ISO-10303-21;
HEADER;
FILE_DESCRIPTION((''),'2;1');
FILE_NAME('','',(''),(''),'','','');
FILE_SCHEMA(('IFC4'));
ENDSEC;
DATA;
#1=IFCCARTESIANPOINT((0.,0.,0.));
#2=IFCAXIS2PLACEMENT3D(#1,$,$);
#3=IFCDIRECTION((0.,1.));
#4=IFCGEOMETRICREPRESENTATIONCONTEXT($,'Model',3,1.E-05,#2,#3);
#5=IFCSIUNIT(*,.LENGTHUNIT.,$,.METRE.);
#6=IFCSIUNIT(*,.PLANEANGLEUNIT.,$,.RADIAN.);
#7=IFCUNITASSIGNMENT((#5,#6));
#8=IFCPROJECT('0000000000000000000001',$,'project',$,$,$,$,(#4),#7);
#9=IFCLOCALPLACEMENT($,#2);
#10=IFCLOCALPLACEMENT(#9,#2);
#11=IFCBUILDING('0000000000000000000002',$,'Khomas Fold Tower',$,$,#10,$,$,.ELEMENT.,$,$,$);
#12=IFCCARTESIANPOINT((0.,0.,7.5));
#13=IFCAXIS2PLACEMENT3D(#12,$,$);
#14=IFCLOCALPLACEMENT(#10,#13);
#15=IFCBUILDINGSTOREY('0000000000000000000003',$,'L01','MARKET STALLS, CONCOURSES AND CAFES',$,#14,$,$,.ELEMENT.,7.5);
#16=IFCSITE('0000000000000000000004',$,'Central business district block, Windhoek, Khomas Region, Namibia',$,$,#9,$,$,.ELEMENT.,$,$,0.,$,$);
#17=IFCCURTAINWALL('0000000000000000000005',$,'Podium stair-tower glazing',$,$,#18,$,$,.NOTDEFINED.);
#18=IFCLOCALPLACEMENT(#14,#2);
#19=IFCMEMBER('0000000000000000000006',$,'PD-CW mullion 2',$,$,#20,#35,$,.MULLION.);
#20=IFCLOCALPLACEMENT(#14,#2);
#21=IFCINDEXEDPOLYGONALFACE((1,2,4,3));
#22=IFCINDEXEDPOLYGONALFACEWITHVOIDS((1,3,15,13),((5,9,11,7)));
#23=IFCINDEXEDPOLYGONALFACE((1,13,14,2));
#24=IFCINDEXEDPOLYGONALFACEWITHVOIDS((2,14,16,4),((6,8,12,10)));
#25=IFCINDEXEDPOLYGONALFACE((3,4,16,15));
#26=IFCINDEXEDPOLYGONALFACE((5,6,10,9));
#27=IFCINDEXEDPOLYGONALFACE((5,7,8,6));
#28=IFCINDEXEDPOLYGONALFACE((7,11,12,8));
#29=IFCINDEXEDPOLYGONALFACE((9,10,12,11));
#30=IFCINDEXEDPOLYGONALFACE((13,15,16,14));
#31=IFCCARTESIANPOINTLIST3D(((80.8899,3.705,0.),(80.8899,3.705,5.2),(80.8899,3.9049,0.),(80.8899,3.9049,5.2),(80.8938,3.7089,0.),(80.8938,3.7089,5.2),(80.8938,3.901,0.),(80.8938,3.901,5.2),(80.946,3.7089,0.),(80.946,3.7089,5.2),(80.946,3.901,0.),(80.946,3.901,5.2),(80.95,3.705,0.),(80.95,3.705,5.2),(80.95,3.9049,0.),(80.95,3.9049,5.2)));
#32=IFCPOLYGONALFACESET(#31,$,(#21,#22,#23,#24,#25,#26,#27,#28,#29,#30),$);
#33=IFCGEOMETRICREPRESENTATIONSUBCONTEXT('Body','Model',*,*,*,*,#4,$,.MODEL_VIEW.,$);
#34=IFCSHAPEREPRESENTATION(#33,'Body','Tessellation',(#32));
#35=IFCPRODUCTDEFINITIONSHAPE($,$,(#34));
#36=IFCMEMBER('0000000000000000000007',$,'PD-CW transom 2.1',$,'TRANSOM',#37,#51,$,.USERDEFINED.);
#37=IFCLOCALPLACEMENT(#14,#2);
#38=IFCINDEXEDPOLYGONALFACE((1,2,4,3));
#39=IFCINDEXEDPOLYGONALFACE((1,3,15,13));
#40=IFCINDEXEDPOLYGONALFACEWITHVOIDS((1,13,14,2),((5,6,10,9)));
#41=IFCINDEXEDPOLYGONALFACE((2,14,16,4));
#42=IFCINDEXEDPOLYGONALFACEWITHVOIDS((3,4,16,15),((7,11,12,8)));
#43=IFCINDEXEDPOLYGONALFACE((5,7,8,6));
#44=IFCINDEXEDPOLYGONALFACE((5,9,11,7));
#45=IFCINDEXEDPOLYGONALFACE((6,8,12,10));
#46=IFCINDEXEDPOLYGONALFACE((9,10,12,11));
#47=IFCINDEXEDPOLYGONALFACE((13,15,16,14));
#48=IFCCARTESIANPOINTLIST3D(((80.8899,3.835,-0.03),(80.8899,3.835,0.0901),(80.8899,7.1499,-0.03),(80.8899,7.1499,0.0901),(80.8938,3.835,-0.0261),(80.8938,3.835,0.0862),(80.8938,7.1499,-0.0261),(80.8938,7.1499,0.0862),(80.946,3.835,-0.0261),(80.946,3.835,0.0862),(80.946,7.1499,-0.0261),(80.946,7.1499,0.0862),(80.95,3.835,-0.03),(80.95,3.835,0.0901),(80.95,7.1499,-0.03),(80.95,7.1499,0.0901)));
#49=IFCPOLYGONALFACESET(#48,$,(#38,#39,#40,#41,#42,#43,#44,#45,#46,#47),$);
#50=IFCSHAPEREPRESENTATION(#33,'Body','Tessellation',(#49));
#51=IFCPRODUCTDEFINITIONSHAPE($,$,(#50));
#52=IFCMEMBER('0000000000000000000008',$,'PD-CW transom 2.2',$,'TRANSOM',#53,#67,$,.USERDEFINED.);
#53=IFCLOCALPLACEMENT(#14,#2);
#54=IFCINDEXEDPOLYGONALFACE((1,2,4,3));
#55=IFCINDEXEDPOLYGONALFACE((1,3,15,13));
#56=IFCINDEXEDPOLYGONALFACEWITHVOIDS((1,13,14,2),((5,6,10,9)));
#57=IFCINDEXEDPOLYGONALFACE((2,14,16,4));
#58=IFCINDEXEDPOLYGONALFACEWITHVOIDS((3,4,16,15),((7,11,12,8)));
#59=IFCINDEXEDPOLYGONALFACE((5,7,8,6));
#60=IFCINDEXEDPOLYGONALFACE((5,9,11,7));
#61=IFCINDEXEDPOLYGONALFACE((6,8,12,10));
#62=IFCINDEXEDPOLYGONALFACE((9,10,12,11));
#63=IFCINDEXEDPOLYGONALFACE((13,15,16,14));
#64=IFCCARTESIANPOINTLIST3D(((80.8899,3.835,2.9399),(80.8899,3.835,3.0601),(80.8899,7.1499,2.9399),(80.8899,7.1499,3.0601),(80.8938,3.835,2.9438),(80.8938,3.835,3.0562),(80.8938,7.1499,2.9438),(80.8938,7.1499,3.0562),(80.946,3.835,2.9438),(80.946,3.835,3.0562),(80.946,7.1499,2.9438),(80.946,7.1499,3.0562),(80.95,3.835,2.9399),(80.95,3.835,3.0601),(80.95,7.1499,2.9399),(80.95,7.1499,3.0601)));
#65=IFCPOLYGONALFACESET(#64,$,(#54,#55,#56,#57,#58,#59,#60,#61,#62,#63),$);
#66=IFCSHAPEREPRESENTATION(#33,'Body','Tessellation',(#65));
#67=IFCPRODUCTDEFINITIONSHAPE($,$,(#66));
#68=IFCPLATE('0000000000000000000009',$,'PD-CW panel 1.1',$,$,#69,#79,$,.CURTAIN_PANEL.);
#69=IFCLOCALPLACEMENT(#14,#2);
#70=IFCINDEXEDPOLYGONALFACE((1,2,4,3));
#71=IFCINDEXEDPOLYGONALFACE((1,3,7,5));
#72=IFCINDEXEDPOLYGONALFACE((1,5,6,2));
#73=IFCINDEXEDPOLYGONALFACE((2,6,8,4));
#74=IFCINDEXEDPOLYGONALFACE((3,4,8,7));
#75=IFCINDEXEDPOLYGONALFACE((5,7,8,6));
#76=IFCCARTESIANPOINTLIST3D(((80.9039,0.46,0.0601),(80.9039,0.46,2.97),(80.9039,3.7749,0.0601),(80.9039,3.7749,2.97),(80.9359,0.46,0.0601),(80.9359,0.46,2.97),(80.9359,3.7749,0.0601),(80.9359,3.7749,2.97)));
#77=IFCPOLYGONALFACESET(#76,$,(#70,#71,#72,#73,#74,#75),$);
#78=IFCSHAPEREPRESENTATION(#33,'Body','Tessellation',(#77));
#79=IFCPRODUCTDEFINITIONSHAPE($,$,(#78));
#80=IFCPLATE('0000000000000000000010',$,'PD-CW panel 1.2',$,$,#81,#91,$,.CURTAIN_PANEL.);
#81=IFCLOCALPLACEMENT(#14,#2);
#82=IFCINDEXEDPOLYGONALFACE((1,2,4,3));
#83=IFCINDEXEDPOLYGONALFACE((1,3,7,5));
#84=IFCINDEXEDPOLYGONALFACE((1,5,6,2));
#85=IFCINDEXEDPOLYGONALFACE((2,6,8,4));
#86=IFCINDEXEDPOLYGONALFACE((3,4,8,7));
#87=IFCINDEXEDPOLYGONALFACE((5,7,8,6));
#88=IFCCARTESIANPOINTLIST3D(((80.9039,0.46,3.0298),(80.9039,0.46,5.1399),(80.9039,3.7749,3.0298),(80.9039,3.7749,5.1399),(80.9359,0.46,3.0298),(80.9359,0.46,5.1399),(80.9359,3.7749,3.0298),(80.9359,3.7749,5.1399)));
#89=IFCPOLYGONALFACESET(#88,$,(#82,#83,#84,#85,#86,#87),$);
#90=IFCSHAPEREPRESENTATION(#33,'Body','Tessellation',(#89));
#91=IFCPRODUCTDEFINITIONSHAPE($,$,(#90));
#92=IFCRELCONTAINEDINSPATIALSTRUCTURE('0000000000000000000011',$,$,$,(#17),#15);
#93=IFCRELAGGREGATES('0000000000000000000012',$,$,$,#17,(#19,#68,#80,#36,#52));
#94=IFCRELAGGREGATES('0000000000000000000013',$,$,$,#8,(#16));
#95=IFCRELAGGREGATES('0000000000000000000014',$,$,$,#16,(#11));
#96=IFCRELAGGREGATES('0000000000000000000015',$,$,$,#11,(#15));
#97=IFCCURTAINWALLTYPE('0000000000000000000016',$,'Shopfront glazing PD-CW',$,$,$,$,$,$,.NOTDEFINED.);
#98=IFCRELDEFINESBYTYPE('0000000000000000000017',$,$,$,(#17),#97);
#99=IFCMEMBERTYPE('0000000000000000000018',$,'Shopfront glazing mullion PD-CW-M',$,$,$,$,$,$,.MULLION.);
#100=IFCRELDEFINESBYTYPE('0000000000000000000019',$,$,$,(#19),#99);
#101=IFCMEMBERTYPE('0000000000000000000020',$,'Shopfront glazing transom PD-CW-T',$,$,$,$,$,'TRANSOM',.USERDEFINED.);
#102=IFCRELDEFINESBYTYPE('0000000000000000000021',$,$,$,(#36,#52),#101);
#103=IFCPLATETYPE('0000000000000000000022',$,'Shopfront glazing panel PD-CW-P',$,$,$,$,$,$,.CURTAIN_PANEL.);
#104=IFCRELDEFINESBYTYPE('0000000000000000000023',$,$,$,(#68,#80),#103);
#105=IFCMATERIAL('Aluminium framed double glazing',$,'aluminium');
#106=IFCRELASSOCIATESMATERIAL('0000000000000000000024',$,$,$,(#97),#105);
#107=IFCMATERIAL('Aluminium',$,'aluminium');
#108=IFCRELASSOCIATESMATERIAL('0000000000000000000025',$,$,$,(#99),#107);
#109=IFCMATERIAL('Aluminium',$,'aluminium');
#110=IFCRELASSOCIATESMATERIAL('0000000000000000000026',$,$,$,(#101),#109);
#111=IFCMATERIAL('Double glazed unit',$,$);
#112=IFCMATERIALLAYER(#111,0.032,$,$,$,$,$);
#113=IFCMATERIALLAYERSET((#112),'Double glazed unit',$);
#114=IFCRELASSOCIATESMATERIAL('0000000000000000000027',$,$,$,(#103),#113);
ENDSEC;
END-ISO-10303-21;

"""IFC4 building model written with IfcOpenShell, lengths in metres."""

from ifc_helpers import new_model, si_unit, direction, frame, origin, origin_2d, place, context, subcontext, project, spatial, rectangle, hollow_rectangle, extrude, source, transform, mapped, material, layer, layer_set, material_profile, profile_set, type_object, element, aggregate, save


model = new_model("IFC4")

# Units and contexts
model_context = context("Model", 3, precision=1e-05, world=origin(), true_north=direction((0.0, 1.0)))
body_context = subcontext(model_context, "Body", "Model", "MODEL_VIEW")
ifc_project = project(units=[si_unit("LENGTHUNIT", "METRE"), si_unit("PLANEANGLEUNIT", "RADIAN")], contexts=[model_context])

# Site, building, storey
site_placement = place(None, origin())
site = spatial("IfcSite", under=ifc_project, at=site_placement, Name="Central business district block, Windhoek, Khomas Region, Namibia", CompositionType="ELEMENT", RefElevation=0.0)
building_placement = place(site_placement, origin())
building = spatial("IfcBuilding", under=site, at=building_placement, Name="Khomas Fold Tower", CompositionType="ELEMENT")
storey_placement = place(building_placement, frame((0.0, 0.0, 7.5)))
storey = spatial("IfcBuildingStorey", under=building, at=storey_placement, Name="L01", Description="MARKET STALLS, CONCOURSES AND CAFES", CompositionType="ELEMENT", Elevation=7.5)

# Curtain wall, members, plates
ifc_material_1 = material(Name="Aluminium framed double glazing", Category="aluminium")
curtain_wall_type = type_object("IfcCurtainWallType", Name="Shopfront glazing PD-CW", PredefinedType="NOTDEFINED", material=ifc_material_1)
curtain_wall_placement = place(storey_placement, origin())
curtain_wall = element("IfcCurtainWall", 1, at=curtain_wall_placement, inside=storey, type_object=curtain_wall_type, Name="Podium stair-tower glazing", PredefinedType="NOTDEFINED")
ifc_material_2 = material(Name="Aluminium", Category="aluminium")
ifc_material_profile_1 = material_profile(ifc_material_2, hollow_rectangle(XDim=0.0601, YDim=0.2, WallThickness=0.0039, at=origin_2d()), Name="Shopfront glazing mullion PD-CW-M")
ifc_profile_set_1 = profile_set([ifc_material_profile_1], Name="Aluminium")
member_type_1 = type_object("IfcMemberType", Name="Shopfront glazing mullion PD-CW-M", PredefinedType="MULLION", material=ifc_profile_set_1)
shared_shape_1 = source(origin(), body_context, "Body", "SweptSolid", [
    extrude(hollow_rectangle(XDim=0.0601, YDim=0.2, WallThickness=0.0039, at=origin_2d()), origin(), (0.0, 0.0, 1.0), 5.2),
])
member_1_placement = place(storey_placement, frame((80.9199, 3.8049, 0.0), z_axis=(0.0, 0.0, 1.0), x_axis=(-1.0, 0.0, 0.0)))
member_1 = element("IfcMember", 2, at=member_1_placement, type_object=member_type_1, Name="PD-CW mullion 2", PredefinedType="MULLION", context=body_context, shape_type="MappedRepresentation", body=[
    mapped(shared_shape_1, transform((0.0, 0.0, 0.0))),
])
ifc_material_3 = material(Name="Aluminium", Category="aluminium")
ifc_material_profile_2 = material_profile(ifc_material_3, hollow_rectangle(XDim=0.0601, YDim=0.1201, WallThickness=0.0039, at=origin_2d()), Name="Shopfront glazing transom PD-CW-T")
ifc_profile_set_2 = profile_set([ifc_material_profile_2], Name="Aluminium")
member_type_2 = type_object("IfcMemberType", Name="Shopfront glazing transom PD-CW-T", ElementType="TRANSOM", PredefinedType="USERDEFINED", material=ifc_profile_set_2)
shared_shape_2 = source(origin(), body_context, "Body", "SweptSolid", [
    extrude(hollow_rectangle(XDim=0.0601, YDim=0.1201, WallThickness=0.0039, at=origin_2d()), origin(), (0.0, 0.0, 1.0), 3.3149),
])
member_2_placement = place(storey_placement, frame((80.9199, 3.835, 0.03), z_axis=(0.0, 1.0, 0.0), x_axis=(-1.0, 0.0, 0.0)))
member_2 = element("IfcMember", 3, at=member_2_placement, type_object=member_type_2, Name="PD-CW transom 2.1", ObjectType="TRANSOM", PredefinedType="USERDEFINED", context=body_context, shape_type="MappedRepresentation", body=[
    mapped(shared_shape_2, transform((0.0, 0.0, 0.0))),
])
member_3_placement = place(storey_placement, frame((80.9199, 3.835, 3.0), z_axis=(0.0, 1.0, 0.0), x_axis=(-1.0, 0.0, 0.0)))
member_3 = element("IfcMember", 4, at=member_3_placement, type_object=member_type_2, Name="PD-CW transom 2.2", ObjectType="TRANSOM", PredefinedType="USERDEFINED", context=body_context, shape_type="MappedRepresentation", body=[
    mapped(shared_shape_2, transform((0.0, 0.0, 0.0))),
])
ifc_material_4 = material(Name="Double glazed unit")
ifc_layer = layer(ifc_material_4, 0.032)
ifc_layer_set = layer_set([ifc_layer], Name="Double glazed unit")
plate_type = type_object("IfcPlateType", Name="Shopfront glazing panel PD-CW-P", PredefinedType="CURTAIN_PANEL", material=ifc_layer_set)
shared_shape_3 = source(origin(), body_context, "Body", "SweptSolid", [
    extrude(rectangle(XDim=3.3149, YDim=0.032, at=origin_2d()), origin(), (0.0, 0.0, 1.0), 2.9099),
])
plate_1_placement = place(storey_placement, frame((80.9199, 2.1174, 0.0601), z_axis=(0.0, 0.0, 1.0), x_axis=(0.0, 1.0, 0.0)))
plate_1 = element("IfcPlate", 5, at=plate_1_placement, type_object=plate_type, Name="PD-CW panel 1.1", PredefinedType="CURTAIN_PANEL", context=body_context, shape_type="MappedRepresentation", body=[
    mapped(shared_shape_3, transform((0.0, 0.0, 0.0))),
])
shared_shape_4 = source(origin(), body_context, "Body", "SweptSolid", [
    extrude(rectangle(XDim=3.3149, YDim=0.032, at=origin_2d()), origin(), (0.0, 0.0, 1.0), 2.1101),
])
plate_2_placement = place(storey_placement, frame((80.9199, 2.1174, 3.0298), z_axis=(0.0, 0.0, 1.0), x_axis=(0.0, 1.0, 0.0)))
plate_2 = element("IfcPlate", 6, at=plate_2_placement, type_object=plate_type, Name="PD-CW panel 1.2", PredefinedType="CURTAIN_PANEL", context=body_context, shape_type="MappedRepresentation", body=[
    mapped(shared_shape_4, transform((0.0, 0.0, 0.0))),
])
aggregate(curtain_wall, [member_1, plate_1, plate_2, member_2, member_3])

save(model, "model.ifc")
